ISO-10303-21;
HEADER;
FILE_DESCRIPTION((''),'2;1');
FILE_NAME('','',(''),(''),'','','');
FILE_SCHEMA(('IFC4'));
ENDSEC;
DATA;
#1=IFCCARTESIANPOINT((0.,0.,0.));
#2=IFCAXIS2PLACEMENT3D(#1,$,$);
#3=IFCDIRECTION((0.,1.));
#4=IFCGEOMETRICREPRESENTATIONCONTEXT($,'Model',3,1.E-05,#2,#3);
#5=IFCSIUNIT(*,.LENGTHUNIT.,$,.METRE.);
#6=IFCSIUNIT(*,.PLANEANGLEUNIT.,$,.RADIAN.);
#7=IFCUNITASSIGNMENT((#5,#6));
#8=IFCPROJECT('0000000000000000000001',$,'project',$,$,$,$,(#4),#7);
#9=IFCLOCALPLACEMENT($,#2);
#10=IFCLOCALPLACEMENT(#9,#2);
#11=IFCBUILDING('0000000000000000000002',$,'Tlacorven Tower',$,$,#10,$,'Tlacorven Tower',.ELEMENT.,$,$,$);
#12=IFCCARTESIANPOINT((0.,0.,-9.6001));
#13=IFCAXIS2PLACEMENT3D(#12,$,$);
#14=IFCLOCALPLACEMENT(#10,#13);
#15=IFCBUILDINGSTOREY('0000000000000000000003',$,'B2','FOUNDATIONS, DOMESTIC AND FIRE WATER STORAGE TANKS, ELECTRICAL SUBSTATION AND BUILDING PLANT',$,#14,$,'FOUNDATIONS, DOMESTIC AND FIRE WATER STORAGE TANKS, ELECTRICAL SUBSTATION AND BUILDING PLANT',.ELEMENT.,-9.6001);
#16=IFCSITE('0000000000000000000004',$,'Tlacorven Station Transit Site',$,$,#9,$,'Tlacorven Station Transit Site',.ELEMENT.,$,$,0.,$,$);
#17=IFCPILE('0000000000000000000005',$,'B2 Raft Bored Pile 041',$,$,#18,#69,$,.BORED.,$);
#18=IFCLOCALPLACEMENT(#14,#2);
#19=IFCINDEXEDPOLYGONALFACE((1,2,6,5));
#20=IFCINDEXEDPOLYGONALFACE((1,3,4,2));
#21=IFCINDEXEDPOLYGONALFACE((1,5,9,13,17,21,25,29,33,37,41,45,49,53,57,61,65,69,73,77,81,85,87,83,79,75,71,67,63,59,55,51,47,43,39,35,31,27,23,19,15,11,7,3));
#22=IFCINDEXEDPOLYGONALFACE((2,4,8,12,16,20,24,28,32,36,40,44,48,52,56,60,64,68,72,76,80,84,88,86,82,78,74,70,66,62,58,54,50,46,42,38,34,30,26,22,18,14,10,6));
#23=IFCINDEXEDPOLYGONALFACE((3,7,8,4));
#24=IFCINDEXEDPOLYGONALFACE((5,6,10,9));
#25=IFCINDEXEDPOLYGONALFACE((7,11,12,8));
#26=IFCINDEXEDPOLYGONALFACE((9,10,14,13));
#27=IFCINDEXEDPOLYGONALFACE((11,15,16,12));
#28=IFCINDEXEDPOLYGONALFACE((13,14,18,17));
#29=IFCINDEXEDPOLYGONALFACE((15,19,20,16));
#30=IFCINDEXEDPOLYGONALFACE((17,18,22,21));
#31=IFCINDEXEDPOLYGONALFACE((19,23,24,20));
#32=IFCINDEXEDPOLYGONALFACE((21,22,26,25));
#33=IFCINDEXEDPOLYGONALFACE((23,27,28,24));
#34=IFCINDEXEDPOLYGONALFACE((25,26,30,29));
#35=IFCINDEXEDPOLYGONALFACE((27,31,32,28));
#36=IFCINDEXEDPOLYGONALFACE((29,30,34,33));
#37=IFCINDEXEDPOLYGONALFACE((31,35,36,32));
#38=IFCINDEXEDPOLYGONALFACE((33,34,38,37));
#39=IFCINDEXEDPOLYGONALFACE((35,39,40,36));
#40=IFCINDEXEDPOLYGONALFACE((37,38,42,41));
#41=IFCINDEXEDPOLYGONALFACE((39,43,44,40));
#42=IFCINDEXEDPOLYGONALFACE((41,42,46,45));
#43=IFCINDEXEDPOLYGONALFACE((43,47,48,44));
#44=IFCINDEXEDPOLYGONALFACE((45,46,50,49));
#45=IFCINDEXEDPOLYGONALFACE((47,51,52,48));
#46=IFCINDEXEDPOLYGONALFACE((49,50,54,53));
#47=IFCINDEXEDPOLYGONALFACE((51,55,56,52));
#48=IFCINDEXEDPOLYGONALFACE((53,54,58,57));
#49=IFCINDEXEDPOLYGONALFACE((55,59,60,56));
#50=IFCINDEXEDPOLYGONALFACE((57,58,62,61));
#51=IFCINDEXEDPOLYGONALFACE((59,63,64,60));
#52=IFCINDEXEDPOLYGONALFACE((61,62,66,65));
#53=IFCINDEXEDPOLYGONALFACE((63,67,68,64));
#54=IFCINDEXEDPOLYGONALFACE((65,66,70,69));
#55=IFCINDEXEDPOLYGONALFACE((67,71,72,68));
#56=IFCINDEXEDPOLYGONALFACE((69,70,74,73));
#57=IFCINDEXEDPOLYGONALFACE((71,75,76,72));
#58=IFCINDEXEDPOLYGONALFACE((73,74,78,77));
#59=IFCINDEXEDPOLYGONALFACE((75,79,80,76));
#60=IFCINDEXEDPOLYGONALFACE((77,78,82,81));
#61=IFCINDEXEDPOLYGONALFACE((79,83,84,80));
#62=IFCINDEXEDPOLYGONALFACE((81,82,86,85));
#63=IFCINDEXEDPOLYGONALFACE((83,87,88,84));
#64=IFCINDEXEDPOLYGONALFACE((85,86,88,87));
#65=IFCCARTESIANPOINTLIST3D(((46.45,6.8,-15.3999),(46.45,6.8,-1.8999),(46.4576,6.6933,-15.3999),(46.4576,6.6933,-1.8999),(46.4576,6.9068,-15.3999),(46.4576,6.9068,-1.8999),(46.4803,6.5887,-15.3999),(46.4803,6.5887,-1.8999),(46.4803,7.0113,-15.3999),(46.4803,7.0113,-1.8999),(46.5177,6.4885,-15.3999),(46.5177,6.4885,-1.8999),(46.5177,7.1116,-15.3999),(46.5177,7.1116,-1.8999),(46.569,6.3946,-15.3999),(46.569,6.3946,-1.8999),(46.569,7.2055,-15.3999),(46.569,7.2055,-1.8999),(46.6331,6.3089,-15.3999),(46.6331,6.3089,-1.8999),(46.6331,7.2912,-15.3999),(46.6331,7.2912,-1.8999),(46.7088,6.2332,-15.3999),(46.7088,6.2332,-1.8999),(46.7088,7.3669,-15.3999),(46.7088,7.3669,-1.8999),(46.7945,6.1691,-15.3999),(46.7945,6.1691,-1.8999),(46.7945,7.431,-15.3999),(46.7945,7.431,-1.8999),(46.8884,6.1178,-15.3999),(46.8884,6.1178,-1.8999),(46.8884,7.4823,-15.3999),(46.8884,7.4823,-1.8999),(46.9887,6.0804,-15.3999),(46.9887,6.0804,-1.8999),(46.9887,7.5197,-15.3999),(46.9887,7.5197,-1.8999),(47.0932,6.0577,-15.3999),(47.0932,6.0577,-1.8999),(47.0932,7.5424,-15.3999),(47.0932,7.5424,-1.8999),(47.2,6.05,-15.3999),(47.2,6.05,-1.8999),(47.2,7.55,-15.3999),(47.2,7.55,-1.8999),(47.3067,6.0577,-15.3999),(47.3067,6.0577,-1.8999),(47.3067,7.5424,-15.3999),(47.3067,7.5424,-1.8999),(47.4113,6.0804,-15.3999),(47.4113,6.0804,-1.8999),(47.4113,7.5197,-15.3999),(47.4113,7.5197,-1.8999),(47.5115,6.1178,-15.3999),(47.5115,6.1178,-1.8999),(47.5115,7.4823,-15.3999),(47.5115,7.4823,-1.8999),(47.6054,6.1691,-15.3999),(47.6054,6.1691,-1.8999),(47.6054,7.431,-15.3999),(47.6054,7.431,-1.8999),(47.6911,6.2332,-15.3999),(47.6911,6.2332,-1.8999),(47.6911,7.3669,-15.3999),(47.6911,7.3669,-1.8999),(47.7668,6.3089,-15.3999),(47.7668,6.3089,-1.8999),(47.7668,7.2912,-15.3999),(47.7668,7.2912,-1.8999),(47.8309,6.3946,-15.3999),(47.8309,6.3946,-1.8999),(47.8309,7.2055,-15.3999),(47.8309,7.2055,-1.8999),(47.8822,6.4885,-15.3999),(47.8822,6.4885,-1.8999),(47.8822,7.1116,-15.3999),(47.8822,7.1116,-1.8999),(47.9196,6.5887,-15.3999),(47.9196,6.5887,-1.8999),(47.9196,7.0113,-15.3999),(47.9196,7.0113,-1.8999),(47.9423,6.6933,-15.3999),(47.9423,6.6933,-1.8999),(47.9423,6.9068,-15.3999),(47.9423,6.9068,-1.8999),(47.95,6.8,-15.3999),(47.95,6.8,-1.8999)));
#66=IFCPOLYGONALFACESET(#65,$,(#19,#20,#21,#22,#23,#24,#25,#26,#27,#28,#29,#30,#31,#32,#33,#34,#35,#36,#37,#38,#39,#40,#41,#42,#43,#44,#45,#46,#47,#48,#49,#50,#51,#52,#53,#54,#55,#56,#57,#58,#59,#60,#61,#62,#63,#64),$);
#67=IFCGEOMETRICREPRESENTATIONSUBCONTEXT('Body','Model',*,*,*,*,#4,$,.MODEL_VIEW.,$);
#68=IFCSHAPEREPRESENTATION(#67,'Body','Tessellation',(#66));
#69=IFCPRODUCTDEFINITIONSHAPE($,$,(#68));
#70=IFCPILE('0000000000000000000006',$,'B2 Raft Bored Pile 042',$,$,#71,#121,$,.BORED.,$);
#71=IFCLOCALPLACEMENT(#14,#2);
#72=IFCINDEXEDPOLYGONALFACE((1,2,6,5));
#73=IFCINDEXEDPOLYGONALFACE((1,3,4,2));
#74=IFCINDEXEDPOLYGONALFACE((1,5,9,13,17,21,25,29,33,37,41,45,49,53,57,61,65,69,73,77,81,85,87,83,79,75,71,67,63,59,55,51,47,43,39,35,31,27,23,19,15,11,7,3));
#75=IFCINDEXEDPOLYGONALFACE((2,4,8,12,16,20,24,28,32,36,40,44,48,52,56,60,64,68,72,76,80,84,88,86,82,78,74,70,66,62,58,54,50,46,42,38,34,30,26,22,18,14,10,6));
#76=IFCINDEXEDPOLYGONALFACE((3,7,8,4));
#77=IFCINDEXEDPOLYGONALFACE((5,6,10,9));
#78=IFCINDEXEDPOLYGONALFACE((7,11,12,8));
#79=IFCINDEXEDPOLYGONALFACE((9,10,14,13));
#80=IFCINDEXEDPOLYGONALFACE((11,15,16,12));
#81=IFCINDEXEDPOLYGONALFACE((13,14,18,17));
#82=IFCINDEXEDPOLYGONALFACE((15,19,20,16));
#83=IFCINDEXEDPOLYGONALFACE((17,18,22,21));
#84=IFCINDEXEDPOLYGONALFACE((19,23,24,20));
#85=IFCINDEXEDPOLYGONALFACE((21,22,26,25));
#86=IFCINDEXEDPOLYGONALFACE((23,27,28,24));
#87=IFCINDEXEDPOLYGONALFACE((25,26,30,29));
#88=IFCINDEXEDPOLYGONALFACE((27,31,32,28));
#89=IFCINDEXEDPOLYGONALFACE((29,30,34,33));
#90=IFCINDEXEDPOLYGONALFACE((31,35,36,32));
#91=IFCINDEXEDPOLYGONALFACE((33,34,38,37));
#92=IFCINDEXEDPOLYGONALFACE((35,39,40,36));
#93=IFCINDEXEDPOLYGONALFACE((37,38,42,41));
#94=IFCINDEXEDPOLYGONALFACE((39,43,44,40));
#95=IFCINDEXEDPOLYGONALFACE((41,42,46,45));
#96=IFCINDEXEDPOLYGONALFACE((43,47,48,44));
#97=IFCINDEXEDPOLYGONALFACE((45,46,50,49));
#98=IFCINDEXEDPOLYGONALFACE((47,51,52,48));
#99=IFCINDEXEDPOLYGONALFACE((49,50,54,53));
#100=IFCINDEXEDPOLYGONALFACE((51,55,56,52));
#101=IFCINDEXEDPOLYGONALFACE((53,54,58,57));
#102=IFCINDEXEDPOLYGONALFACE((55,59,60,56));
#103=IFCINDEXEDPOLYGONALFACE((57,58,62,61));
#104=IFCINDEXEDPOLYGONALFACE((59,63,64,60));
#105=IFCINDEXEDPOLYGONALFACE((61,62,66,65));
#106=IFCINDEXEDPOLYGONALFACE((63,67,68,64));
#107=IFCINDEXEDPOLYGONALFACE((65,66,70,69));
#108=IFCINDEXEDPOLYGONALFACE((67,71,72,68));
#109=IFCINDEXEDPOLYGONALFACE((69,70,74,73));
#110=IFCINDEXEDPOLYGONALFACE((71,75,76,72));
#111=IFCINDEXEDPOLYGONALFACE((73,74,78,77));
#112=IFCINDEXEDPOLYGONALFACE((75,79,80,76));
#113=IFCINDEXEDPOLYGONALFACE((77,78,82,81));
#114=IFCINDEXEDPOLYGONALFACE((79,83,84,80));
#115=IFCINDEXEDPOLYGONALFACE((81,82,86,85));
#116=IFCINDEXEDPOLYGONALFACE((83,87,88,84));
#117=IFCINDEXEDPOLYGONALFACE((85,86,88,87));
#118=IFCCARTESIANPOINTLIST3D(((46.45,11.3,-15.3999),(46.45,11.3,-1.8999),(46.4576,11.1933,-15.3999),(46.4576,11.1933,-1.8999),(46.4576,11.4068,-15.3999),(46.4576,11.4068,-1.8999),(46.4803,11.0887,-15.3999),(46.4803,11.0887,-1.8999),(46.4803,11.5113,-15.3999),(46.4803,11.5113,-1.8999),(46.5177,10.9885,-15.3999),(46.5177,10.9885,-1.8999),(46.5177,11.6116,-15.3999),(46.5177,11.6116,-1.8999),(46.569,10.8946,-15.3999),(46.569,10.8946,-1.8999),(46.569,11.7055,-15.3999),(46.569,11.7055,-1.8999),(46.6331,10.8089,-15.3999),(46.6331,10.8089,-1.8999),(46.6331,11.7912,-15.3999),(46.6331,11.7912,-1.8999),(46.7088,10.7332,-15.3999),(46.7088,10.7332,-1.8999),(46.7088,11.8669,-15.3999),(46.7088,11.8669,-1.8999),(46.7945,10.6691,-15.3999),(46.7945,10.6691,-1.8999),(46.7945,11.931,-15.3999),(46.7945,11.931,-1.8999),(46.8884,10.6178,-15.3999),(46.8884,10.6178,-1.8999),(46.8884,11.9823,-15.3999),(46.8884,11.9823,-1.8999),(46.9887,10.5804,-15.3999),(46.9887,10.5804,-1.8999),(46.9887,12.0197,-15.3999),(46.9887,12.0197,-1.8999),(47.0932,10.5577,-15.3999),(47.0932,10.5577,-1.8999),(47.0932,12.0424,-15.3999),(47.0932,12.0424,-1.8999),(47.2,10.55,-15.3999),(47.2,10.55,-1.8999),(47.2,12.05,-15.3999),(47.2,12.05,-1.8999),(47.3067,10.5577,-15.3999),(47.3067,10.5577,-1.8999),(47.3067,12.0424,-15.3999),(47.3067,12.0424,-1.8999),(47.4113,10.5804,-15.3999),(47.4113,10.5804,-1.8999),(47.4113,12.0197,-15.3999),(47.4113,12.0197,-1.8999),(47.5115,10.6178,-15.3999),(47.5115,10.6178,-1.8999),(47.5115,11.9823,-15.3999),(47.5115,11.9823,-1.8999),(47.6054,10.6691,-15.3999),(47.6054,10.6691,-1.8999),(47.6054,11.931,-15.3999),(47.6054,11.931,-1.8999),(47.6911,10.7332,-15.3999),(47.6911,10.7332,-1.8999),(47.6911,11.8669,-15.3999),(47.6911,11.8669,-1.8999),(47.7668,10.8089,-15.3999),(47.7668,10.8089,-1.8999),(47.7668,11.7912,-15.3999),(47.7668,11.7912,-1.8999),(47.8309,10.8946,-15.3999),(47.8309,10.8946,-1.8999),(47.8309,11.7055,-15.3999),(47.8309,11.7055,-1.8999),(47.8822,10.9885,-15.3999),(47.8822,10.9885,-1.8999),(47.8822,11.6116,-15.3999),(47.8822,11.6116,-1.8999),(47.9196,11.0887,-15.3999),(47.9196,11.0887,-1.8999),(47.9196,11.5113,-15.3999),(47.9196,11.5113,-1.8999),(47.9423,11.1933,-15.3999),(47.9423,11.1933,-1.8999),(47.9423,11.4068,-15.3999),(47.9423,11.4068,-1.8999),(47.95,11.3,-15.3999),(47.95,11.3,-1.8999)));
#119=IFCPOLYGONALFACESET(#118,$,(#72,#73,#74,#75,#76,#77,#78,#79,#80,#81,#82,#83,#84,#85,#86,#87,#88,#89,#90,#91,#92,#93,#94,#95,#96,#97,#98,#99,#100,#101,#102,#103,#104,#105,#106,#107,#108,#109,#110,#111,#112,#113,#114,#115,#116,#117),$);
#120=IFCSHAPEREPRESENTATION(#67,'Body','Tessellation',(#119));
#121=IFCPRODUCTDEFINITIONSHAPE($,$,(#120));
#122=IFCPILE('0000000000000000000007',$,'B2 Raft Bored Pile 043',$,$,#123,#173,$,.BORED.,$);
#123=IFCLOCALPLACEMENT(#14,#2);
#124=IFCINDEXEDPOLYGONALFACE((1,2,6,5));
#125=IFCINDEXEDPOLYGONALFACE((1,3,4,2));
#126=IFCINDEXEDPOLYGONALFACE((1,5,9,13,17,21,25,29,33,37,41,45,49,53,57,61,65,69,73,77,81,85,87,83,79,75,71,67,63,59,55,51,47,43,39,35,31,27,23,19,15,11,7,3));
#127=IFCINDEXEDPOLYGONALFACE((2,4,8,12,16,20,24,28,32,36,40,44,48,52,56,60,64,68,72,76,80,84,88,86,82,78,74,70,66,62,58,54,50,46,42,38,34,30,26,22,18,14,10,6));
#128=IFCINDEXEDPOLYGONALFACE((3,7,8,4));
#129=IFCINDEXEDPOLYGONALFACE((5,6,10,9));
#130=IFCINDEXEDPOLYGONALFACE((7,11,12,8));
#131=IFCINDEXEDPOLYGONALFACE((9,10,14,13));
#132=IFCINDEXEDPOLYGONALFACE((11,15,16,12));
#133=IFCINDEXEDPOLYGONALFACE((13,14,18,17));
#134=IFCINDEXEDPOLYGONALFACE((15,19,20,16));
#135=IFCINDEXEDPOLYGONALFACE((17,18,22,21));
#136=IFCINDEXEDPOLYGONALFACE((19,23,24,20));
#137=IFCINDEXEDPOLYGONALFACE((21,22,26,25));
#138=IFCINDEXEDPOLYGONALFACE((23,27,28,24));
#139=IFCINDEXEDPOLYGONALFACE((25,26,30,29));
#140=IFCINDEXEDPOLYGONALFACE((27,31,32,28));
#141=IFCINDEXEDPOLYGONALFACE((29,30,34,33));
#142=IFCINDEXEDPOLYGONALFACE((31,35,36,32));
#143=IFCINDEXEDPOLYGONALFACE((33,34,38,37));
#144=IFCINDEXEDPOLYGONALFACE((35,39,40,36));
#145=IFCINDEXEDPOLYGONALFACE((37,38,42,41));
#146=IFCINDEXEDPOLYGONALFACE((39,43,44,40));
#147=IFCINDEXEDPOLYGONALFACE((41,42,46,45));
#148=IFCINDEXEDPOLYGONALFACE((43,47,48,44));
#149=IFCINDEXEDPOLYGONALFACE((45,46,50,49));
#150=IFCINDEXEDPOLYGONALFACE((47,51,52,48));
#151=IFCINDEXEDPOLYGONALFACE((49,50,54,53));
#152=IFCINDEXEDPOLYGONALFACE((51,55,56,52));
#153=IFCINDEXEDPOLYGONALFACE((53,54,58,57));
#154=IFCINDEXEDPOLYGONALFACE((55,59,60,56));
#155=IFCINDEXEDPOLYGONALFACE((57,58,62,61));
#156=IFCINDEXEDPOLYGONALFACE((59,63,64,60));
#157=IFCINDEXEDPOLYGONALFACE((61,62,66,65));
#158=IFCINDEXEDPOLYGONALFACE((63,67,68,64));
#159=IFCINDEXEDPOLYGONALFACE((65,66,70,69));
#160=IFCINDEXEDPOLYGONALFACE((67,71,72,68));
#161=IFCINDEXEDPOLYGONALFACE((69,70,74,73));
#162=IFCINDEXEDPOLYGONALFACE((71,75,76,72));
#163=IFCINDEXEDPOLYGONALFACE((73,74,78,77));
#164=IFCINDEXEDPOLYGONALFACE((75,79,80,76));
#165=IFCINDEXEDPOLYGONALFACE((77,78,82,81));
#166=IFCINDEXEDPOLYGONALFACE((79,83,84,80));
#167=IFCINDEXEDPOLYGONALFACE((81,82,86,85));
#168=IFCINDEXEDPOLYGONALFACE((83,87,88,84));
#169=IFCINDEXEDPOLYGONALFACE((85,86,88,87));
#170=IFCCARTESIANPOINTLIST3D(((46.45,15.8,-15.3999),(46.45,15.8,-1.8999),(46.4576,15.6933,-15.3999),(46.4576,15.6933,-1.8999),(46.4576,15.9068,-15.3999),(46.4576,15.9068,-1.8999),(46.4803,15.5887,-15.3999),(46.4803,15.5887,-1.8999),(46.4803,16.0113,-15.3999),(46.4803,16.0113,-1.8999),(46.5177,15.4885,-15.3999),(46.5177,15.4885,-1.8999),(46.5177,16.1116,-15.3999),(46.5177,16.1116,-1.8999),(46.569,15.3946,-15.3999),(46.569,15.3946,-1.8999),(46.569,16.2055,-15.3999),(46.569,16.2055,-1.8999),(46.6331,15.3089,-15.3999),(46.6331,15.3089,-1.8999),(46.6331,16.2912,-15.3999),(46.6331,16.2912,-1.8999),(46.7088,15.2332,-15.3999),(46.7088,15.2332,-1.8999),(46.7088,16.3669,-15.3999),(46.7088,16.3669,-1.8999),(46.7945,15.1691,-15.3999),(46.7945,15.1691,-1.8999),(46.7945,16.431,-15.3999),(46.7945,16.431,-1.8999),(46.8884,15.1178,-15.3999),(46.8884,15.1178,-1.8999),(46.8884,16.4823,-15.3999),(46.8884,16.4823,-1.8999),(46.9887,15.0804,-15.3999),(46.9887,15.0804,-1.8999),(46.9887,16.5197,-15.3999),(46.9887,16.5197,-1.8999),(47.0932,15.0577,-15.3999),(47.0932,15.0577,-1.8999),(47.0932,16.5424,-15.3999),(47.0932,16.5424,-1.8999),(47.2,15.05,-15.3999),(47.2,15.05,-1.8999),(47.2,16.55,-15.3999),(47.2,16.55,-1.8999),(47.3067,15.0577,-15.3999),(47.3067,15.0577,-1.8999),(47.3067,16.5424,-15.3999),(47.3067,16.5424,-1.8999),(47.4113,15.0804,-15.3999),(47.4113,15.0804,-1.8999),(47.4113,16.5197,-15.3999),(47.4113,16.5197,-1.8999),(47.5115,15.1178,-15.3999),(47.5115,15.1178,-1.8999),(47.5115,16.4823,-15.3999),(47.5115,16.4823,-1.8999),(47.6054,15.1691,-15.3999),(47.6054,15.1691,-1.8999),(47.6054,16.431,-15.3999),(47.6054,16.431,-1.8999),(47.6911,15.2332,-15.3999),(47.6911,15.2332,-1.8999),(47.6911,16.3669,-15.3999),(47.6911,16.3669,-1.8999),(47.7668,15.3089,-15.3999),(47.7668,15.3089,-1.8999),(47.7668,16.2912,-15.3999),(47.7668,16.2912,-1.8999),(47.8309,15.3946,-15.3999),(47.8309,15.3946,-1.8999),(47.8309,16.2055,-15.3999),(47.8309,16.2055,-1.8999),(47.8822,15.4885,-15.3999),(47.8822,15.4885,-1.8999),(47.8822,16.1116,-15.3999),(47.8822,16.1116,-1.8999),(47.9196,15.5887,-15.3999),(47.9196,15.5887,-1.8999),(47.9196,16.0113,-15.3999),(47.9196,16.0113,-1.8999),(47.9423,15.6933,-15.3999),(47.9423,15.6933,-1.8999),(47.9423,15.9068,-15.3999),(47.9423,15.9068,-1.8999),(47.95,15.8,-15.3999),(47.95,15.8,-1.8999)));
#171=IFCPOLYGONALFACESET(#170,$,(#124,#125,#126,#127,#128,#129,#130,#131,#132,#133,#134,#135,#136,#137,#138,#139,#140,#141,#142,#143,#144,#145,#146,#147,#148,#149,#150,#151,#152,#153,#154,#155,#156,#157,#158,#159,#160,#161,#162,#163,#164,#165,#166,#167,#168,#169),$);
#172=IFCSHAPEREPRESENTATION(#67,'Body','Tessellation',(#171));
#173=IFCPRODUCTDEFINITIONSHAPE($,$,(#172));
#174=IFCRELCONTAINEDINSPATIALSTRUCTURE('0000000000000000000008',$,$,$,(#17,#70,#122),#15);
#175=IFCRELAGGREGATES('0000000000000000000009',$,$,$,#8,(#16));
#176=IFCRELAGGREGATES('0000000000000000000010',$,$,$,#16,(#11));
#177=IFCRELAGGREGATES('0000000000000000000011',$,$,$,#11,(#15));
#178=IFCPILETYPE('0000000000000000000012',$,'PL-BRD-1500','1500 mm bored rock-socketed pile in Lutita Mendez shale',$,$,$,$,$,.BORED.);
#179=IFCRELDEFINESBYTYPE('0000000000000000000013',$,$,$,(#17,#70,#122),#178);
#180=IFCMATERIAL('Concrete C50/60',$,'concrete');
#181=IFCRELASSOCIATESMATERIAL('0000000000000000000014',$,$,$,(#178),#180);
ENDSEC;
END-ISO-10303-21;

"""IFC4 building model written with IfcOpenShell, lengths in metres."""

from ifc_helpers import new_model, si_unit, direction, frame, origin, origin_2d, place, context, subcontext, project, spatial, circle, extrude, source, transform, mapped, material, material_profile, profile_set, type_object, element, save


model = new_model("IFC4")

# Units and contexts
model_context = context("Model", 3, precision=1e-05, world=origin(), true_north=direction((0.0, 1.0)))
body_context = subcontext(model_context, "Body", "Model", "MODEL_VIEW")
ifc_project = project(units=[si_unit("LENGTHUNIT", "METRE"), si_unit("PLANEANGLEUNIT", "RADIAN")], contexts=[model_context])

# Site, building, storey
site_placement = place(None, origin())
site = spatial("IfcSite", under=ifc_project, at=site_placement, Name="Tlacorven Station Transit Site", LongName="Tlacorven Station Transit Site", CompositionType="ELEMENT", RefElevation=0.0)
building_placement = place(site_placement, origin())
building = spatial("IfcBuilding", under=site, at=building_placement, Name="Tlacorven Tower", LongName="Tlacorven Tower", CompositionType="ELEMENT")
storey_placement = place(building_placement, frame((0.0, 0.0, -9.6001)))
storey = spatial("IfcBuildingStorey", under=building, at=storey_placement, Name="B2", Description="FOUNDATIONS, DOMESTIC AND FIRE WATER STORAGE TANKS, ELECTRICAL SUBSTATION AND BUILDING PLANT", LongName="FOUNDATIONS, DOMESTIC AND FIRE WATER STORAGE TANKS, ELECTRICAL SUBSTATION AND BUILDING PLANT", CompositionType="ELEMENT", Elevation=-9.6001)

# Piles
ifc_material_1 = material(Name="Concrete C50/60", Category="concrete")
ifc_material_profile_1 = material_profile(ifc_material_1, circle(Radius=0.75, at=origin_2d()), Name="BORED PILE D1500")
ifc_profile_set_1 = profile_set([ifc_material_profile_1], Name="Concrete C50/60")
pile_type = type_object("IfcPileType", Name="PL-BRD-1500", Description="1500 mm bored rock-socketed pile in Lutita Mendez shale", PredefinedType="BORED", material=ifc_profile_set_1)
shared_shape_1 = source(origin(), body_context, "Body", "SweptSolid", [
    extrude(circle(Radius=0.75, at=origin_2d()), origin(), (0.0, 0.0, 1.0), 13.5),
])
for number, where, z_axis, x_axis, name in (
    (1, (47.2, 6.8, -1.8999), (0.0, 0.0, -1.0), (1.0, 0.0, 0.0), "B2 Raft Bored Pile 041"),
    (2, (47.2, 11.3, -1.8999), (0.0, 0.0, -1.0), (1.0, 0.0, 0.0), "B2 Raft Bored Pile 042"),
    (3, (47.2, 15.8, -1.8999), (0.0, 0.0, -1.0), (1.0, 0.0, 0.0), "B2 Raft Bored Pile 043"),
):
    element("IfcPile", number, at=place(storey_placement, frame(where, z_axis=z_axis, x_axis=x_axis)), inside=storey, type_object=pile_type, Name=name, PredefinedType="BORED", context=body_context, shape_type="MappedRepresentation", body=[
        mapped(shared_shape_1, transform((0.0, 0.0, 0.0), scale=1.0)),
    ])

save(model, "model.ifc")
